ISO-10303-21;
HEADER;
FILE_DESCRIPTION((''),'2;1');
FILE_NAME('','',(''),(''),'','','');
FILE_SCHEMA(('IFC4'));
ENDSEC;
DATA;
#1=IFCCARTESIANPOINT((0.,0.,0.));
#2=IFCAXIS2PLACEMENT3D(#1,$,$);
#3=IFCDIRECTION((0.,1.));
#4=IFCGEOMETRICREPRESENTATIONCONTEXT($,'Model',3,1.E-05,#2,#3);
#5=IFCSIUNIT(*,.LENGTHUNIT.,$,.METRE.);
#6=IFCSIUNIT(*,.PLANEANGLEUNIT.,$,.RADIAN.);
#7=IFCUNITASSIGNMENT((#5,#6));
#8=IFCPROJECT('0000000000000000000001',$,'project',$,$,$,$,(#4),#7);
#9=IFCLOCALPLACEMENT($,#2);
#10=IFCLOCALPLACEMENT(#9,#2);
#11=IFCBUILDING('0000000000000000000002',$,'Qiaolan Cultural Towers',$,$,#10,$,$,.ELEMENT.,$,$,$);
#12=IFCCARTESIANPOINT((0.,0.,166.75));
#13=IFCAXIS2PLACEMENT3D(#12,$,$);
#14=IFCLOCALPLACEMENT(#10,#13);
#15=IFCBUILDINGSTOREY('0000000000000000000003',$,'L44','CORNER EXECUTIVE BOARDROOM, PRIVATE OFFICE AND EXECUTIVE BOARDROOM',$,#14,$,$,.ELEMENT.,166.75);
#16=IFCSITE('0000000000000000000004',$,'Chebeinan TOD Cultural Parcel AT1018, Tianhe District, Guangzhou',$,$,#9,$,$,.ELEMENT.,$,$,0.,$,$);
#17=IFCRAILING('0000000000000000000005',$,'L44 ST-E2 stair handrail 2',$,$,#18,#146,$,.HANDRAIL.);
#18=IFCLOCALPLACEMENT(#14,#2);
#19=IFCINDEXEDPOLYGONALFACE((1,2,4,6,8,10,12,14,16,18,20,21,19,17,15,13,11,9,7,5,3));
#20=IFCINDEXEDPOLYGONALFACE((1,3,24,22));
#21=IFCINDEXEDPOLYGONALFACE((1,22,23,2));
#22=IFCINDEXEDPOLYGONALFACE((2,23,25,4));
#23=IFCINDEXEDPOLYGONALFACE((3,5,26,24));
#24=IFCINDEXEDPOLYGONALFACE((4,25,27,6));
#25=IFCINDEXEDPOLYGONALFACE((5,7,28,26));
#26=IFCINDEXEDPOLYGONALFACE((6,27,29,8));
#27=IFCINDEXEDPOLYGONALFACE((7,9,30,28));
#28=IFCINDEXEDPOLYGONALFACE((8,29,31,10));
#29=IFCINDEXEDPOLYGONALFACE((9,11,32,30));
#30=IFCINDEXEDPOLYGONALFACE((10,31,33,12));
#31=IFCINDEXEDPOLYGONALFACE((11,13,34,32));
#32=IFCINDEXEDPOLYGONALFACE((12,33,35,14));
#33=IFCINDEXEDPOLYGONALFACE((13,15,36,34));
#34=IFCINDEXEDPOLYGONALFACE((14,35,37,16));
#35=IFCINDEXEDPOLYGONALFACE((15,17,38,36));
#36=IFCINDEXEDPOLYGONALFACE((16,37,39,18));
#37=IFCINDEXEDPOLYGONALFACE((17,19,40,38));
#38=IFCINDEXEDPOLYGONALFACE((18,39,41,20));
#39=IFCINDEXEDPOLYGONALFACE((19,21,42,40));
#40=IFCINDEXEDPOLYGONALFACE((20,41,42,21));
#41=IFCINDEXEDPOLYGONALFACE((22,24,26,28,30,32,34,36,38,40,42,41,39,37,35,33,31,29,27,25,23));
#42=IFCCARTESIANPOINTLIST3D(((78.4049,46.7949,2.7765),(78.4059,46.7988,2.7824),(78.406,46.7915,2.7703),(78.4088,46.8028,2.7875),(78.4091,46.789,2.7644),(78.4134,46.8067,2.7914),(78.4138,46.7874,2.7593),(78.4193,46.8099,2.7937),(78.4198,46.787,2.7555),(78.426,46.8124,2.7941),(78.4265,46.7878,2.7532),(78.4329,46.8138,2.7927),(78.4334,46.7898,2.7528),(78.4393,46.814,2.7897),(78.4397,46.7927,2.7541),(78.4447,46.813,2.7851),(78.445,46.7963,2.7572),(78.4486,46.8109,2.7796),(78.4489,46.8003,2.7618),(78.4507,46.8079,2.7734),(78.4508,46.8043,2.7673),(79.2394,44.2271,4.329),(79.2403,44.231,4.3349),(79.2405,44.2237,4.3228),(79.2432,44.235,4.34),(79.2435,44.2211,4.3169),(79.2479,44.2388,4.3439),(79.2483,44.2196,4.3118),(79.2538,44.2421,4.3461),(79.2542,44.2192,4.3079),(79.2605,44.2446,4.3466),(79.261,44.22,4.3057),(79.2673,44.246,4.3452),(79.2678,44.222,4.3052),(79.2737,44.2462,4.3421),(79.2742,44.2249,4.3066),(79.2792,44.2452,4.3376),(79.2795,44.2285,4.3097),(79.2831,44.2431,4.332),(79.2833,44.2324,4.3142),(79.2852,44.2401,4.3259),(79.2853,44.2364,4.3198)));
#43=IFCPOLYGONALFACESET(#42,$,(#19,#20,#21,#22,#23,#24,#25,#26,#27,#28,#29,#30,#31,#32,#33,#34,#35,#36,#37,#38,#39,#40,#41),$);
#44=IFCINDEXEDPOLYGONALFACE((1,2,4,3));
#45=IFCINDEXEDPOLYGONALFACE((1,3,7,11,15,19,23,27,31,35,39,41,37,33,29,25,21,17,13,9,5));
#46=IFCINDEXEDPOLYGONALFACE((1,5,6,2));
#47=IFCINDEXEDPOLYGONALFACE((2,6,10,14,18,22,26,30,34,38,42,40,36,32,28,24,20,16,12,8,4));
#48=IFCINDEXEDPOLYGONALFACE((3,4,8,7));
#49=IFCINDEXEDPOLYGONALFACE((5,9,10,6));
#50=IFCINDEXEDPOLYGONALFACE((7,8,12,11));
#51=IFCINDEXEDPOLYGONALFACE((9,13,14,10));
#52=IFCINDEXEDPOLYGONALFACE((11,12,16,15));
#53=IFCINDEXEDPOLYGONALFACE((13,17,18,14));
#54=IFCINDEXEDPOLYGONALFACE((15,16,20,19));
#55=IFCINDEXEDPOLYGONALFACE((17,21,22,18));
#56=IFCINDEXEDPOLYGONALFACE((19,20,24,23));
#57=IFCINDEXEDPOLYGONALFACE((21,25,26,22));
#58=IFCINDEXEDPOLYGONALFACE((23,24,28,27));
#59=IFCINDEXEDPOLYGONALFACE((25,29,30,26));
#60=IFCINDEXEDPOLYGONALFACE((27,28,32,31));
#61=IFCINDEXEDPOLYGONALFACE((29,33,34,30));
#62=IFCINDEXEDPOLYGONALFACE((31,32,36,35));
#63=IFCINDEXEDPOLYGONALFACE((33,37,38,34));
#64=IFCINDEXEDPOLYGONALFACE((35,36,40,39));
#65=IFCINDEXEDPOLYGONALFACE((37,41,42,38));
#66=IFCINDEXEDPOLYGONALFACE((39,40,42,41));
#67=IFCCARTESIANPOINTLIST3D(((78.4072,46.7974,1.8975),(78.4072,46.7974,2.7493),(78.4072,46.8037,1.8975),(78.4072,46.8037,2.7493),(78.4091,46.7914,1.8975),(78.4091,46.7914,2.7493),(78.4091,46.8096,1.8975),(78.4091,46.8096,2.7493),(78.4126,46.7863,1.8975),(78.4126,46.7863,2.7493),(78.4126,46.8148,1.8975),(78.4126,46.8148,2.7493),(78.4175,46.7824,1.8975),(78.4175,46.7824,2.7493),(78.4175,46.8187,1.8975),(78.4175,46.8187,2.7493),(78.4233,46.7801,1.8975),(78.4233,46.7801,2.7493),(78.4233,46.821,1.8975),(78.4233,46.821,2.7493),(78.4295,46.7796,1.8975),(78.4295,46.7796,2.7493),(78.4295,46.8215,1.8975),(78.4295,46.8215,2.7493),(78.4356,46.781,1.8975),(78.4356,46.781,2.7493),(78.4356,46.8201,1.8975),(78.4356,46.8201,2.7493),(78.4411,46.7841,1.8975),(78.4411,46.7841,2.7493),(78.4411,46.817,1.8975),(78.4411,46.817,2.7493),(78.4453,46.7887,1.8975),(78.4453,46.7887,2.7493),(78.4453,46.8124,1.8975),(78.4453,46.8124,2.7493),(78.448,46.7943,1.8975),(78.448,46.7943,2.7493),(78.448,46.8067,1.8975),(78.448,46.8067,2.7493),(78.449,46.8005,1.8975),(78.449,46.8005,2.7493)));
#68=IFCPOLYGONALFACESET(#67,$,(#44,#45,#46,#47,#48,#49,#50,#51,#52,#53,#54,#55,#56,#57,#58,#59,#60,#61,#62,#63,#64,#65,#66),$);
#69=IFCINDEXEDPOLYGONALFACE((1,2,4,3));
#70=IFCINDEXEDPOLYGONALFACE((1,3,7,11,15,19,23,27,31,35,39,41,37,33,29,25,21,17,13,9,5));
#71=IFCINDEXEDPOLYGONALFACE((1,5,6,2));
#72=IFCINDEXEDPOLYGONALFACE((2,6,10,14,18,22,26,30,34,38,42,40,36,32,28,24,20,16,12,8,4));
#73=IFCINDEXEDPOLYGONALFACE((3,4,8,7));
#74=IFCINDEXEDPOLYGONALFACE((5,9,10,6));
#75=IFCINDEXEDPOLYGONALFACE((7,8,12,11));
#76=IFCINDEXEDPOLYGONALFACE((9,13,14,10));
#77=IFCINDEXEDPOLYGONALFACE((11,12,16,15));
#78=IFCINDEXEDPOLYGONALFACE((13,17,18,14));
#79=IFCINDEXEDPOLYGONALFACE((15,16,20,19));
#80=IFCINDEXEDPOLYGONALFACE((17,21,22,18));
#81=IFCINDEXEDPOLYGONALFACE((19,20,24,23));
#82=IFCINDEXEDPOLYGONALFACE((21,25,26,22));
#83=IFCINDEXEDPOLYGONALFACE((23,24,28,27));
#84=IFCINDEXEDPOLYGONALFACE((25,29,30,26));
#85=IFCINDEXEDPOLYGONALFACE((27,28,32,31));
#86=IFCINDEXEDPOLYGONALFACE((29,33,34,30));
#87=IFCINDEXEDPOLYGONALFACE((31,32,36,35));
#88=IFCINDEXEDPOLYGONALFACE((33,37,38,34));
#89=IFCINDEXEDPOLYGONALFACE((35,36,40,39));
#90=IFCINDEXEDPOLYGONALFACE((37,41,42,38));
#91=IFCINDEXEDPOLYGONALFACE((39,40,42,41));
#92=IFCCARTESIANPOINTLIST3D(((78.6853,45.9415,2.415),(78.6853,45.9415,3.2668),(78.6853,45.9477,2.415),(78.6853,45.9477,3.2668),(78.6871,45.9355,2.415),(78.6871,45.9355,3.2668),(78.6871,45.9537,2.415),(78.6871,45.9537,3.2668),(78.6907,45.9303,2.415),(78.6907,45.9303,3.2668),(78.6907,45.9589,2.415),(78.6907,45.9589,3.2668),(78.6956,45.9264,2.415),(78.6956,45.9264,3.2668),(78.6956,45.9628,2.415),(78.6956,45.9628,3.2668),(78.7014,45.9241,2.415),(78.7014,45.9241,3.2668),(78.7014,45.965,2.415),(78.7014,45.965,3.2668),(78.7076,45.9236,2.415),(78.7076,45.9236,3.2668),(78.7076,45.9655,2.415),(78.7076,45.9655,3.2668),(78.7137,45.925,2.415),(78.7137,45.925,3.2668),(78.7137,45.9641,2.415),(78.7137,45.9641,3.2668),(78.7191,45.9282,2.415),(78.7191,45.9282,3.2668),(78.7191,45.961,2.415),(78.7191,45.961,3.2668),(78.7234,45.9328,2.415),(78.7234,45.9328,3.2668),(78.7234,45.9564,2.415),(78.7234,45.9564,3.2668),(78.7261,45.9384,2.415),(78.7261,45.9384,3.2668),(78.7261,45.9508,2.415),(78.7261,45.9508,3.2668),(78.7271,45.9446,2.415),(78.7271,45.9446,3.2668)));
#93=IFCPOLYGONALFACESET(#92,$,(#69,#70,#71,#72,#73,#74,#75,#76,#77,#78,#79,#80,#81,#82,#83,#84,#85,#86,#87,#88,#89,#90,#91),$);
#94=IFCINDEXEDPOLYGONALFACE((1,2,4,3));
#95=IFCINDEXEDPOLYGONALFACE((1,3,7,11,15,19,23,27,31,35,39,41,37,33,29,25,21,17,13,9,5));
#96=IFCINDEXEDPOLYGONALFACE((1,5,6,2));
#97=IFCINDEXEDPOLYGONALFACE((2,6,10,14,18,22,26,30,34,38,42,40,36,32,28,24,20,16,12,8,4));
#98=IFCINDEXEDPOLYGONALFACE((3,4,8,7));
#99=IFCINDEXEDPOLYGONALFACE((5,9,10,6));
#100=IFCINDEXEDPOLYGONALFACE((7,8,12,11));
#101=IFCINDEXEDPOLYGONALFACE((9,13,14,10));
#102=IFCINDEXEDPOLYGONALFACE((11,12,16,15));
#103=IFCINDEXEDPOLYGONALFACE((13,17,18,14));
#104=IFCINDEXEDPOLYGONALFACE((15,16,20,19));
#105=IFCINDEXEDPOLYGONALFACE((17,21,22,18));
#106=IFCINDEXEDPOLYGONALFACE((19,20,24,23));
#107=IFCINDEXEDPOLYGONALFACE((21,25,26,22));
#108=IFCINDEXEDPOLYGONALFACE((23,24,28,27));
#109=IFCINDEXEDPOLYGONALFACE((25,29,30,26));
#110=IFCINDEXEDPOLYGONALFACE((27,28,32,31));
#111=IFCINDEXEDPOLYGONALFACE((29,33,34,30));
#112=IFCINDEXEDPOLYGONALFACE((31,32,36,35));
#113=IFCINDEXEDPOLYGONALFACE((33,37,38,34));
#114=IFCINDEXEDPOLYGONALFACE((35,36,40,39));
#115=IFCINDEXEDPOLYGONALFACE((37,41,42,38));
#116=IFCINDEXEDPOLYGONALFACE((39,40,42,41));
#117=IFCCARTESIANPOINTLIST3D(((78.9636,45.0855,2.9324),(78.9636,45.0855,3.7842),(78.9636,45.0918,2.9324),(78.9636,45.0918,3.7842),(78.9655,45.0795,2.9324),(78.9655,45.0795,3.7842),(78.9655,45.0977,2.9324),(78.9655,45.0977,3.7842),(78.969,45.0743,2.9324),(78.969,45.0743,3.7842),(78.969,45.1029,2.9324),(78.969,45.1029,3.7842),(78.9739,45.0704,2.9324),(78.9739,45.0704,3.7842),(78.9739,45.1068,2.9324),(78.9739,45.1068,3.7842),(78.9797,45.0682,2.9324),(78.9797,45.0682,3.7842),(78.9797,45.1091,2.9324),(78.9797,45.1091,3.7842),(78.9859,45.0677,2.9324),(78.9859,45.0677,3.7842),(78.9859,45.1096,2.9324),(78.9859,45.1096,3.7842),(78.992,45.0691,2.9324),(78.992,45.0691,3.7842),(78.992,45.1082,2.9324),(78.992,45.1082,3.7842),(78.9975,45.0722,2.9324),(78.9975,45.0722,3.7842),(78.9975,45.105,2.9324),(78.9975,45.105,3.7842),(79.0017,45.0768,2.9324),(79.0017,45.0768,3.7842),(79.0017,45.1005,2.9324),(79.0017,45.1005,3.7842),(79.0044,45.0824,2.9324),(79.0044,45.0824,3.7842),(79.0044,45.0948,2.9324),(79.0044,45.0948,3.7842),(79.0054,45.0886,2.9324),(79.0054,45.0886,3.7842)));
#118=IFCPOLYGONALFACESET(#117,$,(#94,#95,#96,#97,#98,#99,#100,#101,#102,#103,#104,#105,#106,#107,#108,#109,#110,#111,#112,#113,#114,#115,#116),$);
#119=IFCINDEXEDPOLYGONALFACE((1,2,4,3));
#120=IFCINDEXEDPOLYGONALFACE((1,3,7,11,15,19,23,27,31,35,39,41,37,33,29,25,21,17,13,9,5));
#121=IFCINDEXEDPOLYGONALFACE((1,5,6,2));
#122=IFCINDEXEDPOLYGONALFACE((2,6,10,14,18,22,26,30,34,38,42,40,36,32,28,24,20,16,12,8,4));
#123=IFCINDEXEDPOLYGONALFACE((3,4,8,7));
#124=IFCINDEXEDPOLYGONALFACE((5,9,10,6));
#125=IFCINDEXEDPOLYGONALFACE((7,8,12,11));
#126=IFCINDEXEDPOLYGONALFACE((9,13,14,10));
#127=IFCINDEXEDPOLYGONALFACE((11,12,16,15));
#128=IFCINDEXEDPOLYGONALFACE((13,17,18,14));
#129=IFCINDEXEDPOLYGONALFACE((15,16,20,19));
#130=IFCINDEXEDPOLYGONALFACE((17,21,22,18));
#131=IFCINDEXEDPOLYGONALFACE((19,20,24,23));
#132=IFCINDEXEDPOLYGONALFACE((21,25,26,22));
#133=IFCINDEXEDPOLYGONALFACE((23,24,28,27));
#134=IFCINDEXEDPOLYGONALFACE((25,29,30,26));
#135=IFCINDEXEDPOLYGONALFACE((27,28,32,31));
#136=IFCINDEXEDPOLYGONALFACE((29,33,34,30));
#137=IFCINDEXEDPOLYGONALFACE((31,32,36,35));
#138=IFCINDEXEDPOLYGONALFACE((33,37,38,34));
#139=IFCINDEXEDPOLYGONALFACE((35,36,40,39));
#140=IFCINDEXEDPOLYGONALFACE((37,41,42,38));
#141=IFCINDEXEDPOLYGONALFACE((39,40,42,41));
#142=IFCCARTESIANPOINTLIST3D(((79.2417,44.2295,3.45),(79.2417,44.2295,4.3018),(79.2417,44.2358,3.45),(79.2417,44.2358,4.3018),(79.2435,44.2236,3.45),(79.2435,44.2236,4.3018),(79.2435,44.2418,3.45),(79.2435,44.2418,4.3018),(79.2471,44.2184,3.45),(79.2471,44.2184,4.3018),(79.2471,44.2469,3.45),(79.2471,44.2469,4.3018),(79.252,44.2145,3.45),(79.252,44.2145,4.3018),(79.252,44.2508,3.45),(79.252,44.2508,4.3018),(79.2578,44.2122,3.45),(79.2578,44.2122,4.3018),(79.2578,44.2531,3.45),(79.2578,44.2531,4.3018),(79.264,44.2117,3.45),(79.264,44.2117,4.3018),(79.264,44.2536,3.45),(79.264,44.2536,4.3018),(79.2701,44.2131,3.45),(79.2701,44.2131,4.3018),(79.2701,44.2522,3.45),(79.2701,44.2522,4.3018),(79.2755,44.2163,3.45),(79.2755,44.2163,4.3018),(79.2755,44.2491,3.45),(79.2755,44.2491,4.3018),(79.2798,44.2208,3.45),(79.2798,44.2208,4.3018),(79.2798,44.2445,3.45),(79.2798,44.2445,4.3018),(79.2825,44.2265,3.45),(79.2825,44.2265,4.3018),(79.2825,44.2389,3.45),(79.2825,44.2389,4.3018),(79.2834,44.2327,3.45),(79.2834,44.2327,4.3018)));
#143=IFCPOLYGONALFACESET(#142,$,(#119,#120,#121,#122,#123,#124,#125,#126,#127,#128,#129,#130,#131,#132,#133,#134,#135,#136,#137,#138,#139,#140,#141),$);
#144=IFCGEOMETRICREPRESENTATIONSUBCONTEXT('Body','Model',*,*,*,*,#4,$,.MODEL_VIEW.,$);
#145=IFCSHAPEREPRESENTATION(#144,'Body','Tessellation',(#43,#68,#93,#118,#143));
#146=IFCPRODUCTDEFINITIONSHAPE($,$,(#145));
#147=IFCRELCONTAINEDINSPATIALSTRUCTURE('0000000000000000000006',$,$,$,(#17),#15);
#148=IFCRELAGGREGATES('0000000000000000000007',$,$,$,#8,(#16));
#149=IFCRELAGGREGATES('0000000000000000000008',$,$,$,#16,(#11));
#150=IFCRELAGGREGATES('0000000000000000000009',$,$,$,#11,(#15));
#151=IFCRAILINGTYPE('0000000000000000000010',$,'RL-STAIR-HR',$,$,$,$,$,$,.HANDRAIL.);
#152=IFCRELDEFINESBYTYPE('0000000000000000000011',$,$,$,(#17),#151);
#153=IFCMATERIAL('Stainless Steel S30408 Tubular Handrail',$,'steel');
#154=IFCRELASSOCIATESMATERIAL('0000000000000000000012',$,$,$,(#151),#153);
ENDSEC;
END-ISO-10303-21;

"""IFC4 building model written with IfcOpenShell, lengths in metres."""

from ifc_helpers import new_model, si_unit, direction, frame, origin, origin_2d, place, context, subcontext, project, spatial, circle, extrude, material, type_object, element, save


model = new_model("IFC4")

# Units and contexts
model_context = context("Model", 3, precision=1e-05, world=origin(), true_north=direction((0.0, 1.0)))
body_context = subcontext(model_context, "Body", "Model", "MODEL_VIEW")
ifc_project = project(units=[si_unit("LENGTHUNIT", "METRE"), si_unit("PLANEANGLEUNIT", "RADIAN")], contexts=[model_context])

# Site, building, storey
site_placement = place(None, origin())
site = spatial("IfcSite", under=ifc_project, at=site_placement, Name="Chebeinan TOD Cultural Parcel AT1018, Tianhe District, Guangzhou", CompositionType="ELEMENT", RefElevation=0.0)
building_placement = place(site_placement, origin())
building = spatial("IfcBuilding", under=site, at=building_placement, Name="Qiaolan Cultural Towers", CompositionType="ELEMENT")
storey_placement = place(building_placement, frame((0.0, 0.0, 166.75)))
storey = spatial("IfcBuildingStorey", under=building, at=storey_placement, Name="L44", Description="CORNER EXECUTIVE BOARDROOM, PRIVATE OFFICE AND EXECUTIVE BOARDROOM", CompositionType="ELEMENT", Elevation=166.75)

# Railing
ifc_material_1 = material(Name="Stainless Steel S30408 Tubular Handrail", Category="steel")
railing_type_1 = type_object("IfcRailingType", Name="RL-STAIR-HR", PredefinedType="HANDRAIL", material=ifc_material_1)
railing_1_placement = place(storey_placement, frame((78.428, 46.8005, 1.8975)))
element("IfcRailing", 1, at=railing_1_placement, inside=storey, type_object=railing_type_1, Name="L44 ST-E2 stair handrail 2", PredefinedType="HANDRAIL", context=body_context, shape_type="SweptSolid", body=[
    extrude(circle(Radius=0.0239, at=origin_2d()), frame((0.0, 0.0, 0.876), z_axis=(0.267926, -0.824471, 0.498461), x_axis=(0.951043, 0.309057, 0.0)), (0.0, 0.0, 1.0), 3.1145),
    extrude(circle(Radius=0.021, at=origin_2d()), origin(), (0.0, 0.0, 1.0), 0.8518),
    extrude(circle(Radius=0.021, at=origin_2d()), frame((0.2781, -0.856, 0.5176)), (0.0, 0.0, 1.0), 0.8518),
    extrude(circle(Radius=0.021, at=origin_2d()), frame((0.5564, -1.7119, 1.0349)), (0.0, 0.0, 1.0), 0.8518),
    extrude(circle(Radius=0.021, at=origin_2d()), frame((0.8345, -2.5679, 1.5525)), (0.0, 0.0, 1.0), 0.8518),
])

save(model, "model.ifc")
